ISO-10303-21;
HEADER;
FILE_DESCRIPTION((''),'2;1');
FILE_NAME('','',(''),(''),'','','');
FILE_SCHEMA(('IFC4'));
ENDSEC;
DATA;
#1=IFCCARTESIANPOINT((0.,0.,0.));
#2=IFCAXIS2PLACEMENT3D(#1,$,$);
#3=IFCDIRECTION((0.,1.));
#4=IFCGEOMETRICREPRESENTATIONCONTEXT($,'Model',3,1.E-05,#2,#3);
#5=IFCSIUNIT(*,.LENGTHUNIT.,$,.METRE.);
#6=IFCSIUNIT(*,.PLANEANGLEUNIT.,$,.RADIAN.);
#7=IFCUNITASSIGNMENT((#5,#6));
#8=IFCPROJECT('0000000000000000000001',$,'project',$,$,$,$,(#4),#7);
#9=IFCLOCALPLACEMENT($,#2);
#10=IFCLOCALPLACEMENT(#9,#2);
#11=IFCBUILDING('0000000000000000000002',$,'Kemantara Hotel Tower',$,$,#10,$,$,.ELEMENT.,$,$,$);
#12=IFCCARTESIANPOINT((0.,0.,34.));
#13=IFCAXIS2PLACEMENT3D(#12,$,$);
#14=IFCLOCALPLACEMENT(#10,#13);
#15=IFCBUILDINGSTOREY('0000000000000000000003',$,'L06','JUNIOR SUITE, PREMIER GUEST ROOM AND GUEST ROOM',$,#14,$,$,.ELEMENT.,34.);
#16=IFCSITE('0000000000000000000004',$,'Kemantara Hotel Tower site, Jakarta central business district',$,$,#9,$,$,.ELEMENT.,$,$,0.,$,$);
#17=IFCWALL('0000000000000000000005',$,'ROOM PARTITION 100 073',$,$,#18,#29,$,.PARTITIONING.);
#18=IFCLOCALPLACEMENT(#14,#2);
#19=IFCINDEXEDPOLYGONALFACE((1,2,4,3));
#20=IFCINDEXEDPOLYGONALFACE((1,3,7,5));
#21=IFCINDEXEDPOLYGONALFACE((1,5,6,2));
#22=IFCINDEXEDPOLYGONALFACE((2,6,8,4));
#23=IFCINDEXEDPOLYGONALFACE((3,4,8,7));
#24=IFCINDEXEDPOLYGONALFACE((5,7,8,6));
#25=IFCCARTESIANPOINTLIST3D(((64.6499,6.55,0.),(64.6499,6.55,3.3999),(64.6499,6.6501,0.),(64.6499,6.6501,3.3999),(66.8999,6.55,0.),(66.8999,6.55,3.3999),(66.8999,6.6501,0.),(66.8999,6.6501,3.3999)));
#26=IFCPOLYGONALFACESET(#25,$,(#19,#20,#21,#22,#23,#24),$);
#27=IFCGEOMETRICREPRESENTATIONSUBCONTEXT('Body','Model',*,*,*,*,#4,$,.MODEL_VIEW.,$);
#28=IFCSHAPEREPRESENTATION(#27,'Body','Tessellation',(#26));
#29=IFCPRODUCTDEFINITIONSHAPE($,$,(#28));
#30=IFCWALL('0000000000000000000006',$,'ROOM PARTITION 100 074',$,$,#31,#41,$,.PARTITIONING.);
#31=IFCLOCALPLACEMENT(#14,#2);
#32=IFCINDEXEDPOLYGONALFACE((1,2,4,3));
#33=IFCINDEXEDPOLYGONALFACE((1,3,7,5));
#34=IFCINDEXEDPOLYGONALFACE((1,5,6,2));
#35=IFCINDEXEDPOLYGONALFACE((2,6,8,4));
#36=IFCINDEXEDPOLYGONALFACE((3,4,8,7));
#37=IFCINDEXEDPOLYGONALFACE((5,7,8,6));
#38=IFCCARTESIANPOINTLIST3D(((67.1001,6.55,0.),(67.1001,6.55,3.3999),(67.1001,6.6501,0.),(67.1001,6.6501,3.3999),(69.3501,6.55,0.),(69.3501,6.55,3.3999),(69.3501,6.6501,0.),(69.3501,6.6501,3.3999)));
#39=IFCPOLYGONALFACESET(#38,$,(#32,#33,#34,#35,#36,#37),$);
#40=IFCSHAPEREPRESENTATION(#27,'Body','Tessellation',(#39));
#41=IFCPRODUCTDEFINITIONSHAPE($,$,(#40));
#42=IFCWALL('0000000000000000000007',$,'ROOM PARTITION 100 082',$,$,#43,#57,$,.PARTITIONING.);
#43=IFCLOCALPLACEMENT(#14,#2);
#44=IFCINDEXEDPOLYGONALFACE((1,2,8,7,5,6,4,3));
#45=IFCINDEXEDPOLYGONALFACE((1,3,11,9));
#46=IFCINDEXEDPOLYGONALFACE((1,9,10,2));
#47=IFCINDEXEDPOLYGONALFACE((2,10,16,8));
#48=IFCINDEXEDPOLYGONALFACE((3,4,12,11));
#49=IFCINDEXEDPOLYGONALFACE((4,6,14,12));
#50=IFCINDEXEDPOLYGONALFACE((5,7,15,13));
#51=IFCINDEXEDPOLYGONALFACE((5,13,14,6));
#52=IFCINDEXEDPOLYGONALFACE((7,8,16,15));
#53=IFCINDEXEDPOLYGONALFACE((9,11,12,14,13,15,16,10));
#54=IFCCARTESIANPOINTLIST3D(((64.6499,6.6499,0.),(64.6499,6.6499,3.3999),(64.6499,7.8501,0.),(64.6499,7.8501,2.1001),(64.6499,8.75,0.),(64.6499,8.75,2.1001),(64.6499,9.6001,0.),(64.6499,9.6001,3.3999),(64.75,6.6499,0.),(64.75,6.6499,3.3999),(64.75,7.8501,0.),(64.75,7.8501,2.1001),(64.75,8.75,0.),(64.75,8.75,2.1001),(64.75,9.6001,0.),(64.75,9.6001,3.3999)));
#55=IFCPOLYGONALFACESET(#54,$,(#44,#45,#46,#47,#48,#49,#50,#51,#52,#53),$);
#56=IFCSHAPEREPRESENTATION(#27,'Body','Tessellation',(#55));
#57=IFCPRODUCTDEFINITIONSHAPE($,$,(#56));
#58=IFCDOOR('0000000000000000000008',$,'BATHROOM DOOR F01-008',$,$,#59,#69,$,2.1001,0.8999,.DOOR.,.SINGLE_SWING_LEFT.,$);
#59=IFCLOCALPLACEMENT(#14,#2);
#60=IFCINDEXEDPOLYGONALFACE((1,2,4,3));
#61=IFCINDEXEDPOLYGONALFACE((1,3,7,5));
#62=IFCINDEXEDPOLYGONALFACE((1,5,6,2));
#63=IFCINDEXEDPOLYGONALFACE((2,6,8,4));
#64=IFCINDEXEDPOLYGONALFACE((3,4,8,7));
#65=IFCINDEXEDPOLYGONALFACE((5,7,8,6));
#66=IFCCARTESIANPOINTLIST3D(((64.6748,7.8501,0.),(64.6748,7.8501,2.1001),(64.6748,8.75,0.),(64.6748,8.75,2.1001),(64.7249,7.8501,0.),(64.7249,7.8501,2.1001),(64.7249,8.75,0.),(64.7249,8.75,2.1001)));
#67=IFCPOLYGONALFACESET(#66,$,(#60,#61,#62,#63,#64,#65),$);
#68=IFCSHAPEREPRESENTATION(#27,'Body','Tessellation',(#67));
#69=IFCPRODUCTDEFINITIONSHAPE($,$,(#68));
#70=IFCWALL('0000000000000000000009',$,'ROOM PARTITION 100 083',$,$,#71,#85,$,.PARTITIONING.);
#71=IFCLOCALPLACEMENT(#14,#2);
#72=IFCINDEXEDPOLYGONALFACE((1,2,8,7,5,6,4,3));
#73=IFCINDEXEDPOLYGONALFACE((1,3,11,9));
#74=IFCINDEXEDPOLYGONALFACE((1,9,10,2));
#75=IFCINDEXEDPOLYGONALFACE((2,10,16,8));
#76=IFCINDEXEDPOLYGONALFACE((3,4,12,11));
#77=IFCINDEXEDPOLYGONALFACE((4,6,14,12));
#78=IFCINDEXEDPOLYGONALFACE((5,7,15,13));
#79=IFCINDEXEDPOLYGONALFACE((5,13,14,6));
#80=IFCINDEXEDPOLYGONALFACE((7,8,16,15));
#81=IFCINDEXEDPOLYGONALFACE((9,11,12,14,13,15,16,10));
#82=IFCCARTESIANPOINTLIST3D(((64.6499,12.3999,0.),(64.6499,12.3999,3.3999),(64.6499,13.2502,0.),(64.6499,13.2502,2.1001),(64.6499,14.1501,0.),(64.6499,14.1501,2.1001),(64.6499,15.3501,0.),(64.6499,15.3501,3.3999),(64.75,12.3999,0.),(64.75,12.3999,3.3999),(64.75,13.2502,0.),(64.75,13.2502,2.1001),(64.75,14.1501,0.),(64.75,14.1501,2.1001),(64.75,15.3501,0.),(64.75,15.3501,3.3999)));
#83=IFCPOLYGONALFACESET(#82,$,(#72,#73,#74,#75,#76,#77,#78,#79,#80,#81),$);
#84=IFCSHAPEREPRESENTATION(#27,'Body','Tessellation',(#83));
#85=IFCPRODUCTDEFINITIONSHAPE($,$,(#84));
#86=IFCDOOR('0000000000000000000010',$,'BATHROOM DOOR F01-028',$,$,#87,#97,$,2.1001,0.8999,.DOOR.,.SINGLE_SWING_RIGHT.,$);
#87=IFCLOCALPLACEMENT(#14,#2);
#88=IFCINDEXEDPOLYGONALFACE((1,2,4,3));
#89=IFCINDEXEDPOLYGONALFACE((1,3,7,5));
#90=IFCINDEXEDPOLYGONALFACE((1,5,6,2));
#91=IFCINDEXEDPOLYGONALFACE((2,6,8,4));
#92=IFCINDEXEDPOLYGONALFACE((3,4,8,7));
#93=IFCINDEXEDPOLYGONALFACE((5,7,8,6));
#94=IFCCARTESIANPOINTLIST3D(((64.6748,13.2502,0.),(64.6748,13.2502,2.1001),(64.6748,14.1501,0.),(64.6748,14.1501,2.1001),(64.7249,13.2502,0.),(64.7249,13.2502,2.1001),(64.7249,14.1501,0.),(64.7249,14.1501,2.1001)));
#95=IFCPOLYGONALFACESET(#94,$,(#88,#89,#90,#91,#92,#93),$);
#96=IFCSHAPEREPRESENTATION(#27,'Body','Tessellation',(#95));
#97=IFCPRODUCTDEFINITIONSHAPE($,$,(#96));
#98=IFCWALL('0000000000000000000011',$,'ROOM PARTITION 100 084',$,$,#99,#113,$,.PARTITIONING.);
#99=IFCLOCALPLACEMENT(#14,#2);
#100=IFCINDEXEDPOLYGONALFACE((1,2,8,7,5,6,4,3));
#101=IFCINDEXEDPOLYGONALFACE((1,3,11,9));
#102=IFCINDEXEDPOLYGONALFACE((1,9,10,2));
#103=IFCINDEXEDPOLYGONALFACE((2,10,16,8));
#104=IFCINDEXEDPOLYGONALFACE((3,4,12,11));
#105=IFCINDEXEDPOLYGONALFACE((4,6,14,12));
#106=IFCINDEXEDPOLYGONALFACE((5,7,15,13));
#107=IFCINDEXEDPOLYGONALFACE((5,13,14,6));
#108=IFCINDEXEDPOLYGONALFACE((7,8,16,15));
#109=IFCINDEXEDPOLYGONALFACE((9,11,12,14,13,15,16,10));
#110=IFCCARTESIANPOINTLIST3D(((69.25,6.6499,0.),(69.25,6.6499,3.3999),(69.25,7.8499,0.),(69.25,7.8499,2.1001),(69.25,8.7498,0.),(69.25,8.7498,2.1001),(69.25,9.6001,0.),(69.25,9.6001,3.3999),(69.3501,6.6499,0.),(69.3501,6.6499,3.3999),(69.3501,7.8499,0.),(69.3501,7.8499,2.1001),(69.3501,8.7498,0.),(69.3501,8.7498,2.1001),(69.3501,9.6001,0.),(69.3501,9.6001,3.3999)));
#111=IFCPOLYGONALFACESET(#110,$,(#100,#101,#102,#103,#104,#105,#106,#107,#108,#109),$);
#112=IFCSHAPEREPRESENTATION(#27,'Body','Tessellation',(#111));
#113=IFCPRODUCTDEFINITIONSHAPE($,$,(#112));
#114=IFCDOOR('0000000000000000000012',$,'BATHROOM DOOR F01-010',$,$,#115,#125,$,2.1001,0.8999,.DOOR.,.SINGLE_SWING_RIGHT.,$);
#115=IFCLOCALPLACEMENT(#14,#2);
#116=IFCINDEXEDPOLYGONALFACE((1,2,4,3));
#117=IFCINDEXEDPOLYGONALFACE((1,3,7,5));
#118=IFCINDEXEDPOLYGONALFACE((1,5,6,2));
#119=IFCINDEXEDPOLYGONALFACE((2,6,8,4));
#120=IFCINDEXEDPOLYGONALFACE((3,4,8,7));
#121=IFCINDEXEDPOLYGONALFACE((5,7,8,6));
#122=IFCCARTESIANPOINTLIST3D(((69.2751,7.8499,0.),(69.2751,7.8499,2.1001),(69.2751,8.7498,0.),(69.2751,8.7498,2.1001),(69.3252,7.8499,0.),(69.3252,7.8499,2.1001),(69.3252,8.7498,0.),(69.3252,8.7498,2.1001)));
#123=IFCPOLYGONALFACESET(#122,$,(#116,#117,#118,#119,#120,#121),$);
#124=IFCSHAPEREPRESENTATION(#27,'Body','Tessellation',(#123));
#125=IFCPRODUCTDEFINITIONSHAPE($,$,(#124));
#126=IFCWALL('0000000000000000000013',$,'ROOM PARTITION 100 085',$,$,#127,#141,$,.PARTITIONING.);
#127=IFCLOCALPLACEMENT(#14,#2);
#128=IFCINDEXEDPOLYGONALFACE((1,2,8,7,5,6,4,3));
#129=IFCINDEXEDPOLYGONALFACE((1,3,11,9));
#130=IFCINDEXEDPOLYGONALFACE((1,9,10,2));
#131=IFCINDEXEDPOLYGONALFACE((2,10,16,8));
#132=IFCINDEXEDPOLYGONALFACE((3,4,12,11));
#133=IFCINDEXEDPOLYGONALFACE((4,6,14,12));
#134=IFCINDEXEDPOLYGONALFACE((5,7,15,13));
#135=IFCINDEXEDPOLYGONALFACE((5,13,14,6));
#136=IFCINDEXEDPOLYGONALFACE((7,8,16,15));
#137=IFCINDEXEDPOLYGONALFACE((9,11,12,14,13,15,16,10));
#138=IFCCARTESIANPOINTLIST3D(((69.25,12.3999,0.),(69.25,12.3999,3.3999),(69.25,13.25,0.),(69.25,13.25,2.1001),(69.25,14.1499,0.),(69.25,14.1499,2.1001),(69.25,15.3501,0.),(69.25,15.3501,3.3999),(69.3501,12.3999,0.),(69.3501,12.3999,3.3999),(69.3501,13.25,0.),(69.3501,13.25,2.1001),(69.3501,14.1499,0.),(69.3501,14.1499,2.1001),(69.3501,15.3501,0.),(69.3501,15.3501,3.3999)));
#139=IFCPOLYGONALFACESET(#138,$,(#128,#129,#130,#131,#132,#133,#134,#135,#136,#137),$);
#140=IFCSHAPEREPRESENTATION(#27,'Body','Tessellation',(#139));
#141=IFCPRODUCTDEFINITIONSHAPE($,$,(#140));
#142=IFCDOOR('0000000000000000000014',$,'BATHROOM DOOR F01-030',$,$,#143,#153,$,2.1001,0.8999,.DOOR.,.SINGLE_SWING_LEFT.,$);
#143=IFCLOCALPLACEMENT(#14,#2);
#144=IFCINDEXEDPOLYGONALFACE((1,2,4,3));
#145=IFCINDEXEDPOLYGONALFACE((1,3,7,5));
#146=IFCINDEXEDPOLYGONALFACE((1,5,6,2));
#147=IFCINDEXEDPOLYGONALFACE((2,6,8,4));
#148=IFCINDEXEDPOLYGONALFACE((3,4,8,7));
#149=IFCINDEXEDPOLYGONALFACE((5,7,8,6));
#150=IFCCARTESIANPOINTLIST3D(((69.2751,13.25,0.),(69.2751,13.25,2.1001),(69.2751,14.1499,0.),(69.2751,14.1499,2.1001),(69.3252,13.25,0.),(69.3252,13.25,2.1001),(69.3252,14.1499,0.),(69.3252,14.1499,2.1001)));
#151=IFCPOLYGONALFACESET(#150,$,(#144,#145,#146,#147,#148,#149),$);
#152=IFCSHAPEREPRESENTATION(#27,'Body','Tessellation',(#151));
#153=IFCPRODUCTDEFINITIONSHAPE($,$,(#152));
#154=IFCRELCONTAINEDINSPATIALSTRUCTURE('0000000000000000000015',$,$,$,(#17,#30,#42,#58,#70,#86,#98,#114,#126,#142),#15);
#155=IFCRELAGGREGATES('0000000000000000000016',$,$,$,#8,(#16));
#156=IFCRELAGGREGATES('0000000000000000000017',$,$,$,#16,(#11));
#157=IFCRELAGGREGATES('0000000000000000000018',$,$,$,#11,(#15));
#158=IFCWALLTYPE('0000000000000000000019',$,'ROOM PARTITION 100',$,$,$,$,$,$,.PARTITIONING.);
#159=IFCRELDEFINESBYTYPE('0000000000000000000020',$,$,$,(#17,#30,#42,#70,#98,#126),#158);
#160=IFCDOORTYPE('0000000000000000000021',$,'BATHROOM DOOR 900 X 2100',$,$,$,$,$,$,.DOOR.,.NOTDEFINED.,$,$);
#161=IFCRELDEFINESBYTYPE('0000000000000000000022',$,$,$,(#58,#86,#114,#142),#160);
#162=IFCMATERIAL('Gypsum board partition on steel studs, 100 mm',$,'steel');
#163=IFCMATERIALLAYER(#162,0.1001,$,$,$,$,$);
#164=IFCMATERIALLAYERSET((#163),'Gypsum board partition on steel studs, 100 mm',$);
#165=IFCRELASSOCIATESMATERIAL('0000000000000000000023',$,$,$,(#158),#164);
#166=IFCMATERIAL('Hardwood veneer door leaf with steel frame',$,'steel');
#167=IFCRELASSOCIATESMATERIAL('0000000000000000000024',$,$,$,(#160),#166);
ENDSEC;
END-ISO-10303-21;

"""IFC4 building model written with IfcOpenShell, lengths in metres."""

from ifc_helpers import new_model, si_unit, direction, frame, frame_2d, origin, place, context, subcontext, project, spatial, rectangle, extrude, material, layer, layer_set, type_object, element, fill, save


model = new_model("IFC4")

# Units and contexts
model_context = context("Model", 3, precision=1e-05, world=origin(), true_north=direction((0.0, 1.0)))
body_context = subcontext(model_context, "Body", "Model", "MODEL_VIEW")
ifc_project = project(units=[si_unit("LENGTHUNIT", "METRE"), si_unit("PLANEANGLEUNIT", "RADIAN")], contexts=[model_context])

# Site, building, storey
site_placement = place(None, origin())
site = spatial("IfcSite", under=ifc_project, at=site_placement, Name="Kemantara Hotel Tower site, Jakarta central business district", CompositionType="ELEMENT", RefElevation=0.0)
building_placement = place(site_placement, origin())
building = spatial("IfcBuilding", under=site, at=building_placement, Name="Kemantara Hotel Tower", CompositionType="ELEMENT")
storey_placement = place(building_placement, frame((0.0, 0.0, 34.0)))
storey = spatial("IfcBuildingStorey", under=building, at=storey_placement, Name="L06", Description="JUNIOR SUITE, PREMIER GUEST ROOM AND GUEST ROOM", CompositionType="ELEMENT", Elevation=34.0)

# Shared definitions
ifc_material_1 = material(Name="Hardwood veneer door leaf with steel frame", Category="steel")

# Walls
ifc_material_2 = material(Name="Gypsum board partition on steel studs, 100 mm", Category="steel")
ifc_layer_1 = layer(ifc_material_2, 0.1001)
ifc_layer_set_1 = layer_set([ifc_layer_1], Name="Gypsum board partition on steel studs, 100 mm")
wall_type_1 = type_object("IfcWallType", Name="ROOM PARTITION 100", PredefinedType="PARTITIONING", material=ifc_layer_set_1)
for number, where, z_axis, x_axis, name in (
    (1, (64.6499, 6.6001, 0.0), (0.0, 0.0, 1.0), (1.0, 0.0, 0.0), "ROOM PARTITION 100 073"),
    (2, (67.1001, 6.6001, 0.0), (0.0, 0.0, 1.0), (1.0, 0.0, 0.0), "ROOM PARTITION 100 074"),
):
    element("IfcWall", number, at=place(storey_placement, frame(where, z_axis=z_axis, x_axis=x_axis)), inside=storey, type_object=wall_type_1, Name=name, PredefinedType="PARTITIONING", context=body_context, shape_type="SweptSolid", body=[
        extrude(rectangle(XDim=2.25, YDim=0.1001, at=frame_2d((1.125, 0.0))), origin(), (0.0, 0.0, 1.0), 3.3999),
    ])

# Walls, openings, doors
wall_1_placement = place(storey_placement, frame((64.7, 9.6001, 0.0), z_axis=(0.0, 0.0, 1.0), x_axis=(0.0, -1.0, 0.0)))
wall_1 = element("IfcWall", 3, at=wall_1_placement, inside=storey, type_object=wall_type_1, Name="ROOM PARTITION 100 082", PredefinedType="PARTITIONING", context=body_context, shape_type="SweptSolid", body=[
    extrude(rectangle(XDim=2.9502, YDim=0.1001, at=frame_2d((1.4751, 0.0))), origin(), (0.0, 0.0, 1.0), 3.3999),
])
opening_1_placement = place(wall_1_placement, frame((0.8501, 0.0, 0.0)))
opening_1 = element("IfcOpeningElement", 4, at=opening_1_placement, cuts=wall_1, PredefinedType="OPENING", context=body_context, shape_type="SweptSolid", body=[
    extrude(rectangle(XDim=0.8999, YDim=2.1001, at=frame_2d((0.45, 1.05))), frame((0.0, 0.0601, 0.0), z_axis=(0.0, -1.0, 0.0), x_axis=(1.0, 0.0, 0.0)), (0.0, 0.0, 1.0), 0.1201),
])
door_type_1 = type_object("IfcDoorType", Name="BATHROOM DOOR 900 X 2100", OperationType="NOTDEFINED", PredefinedType="DOOR", material=ifc_material_1)
door_1_placement = place(opening_1_placement, origin())
door_1 = element("IfcDoor", 5, at=door_1_placement, inside=storey, type_object=door_type_1, Name="BATHROOM DOOR F01-008", OperationType="SINGLE_SWING_LEFT", OverallHeight=2.1001, OverallWidth=0.8999, PredefinedType="DOOR", context=body_context, shape_type="SweptSolid", body=[
    extrude(rectangle(XDim=0.8999, YDim=2.1001, at=frame_2d((0.45, 1.05))), frame((0.0, 0.0249, 0.0), z_axis=(0.0, -1.0, 0.0), x_axis=(1.0, 0.0, 0.0)), (0.0, 0.0, 1.0), 0.05),
])
fill(opening_1, door_1)
wall_2_placement = place(storey_placement, frame((64.7, 15.3501, 0.0), z_axis=(0.0, 0.0, 1.0), x_axis=(0.0, -1.0, 0.0)))
wall_2 = element("IfcWall", 6, at=wall_2_placement, inside=storey, type_object=wall_type_1, Name="ROOM PARTITION 100 083", PredefinedType="PARTITIONING", context=body_context, shape_type="SweptSolid", body=[
    extrude(rectangle(XDim=2.9502, YDim=0.1001, at=frame_2d((1.4751, 0.0))), origin(), (0.0, 0.0, 1.0), 3.3999),
])
opening_2_placement = place(wall_2_placement, frame((1.2, 0.0, 0.0)))
opening_2 = element("IfcOpeningElement", 7, at=opening_2_placement, cuts=wall_2, PredefinedType="OPENING", context=body_context, shape_type="SweptSolid", body=[
    extrude(rectangle(XDim=0.8999, YDim=2.1001, at=frame_2d((0.45, 1.05))), frame((0.0, 0.0601, 0.0), z_axis=(0.0, -1.0, 0.0), x_axis=(1.0, 0.0, 0.0)), (0.0, 0.0, 1.0), 0.1201),
])
door_2_placement = place(opening_2_placement, origin())
door_2 = element("IfcDoor", 8, at=door_2_placement, inside=storey, type_object=door_type_1, Name="BATHROOM DOOR F01-028", OperationType="SINGLE_SWING_RIGHT", OverallHeight=2.1001, OverallWidth=0.8999, PredefinedType="DOOR", context=body_context, shape_type="SweptSolid", body=[
    extrude(rectangle(XDim=0.8999, YDim=2.1001, at=frame_2d((0.45, 1.05))), frame((0.0, 0.0249, 0.0), z_axis=(0.0, -1.0, 0.0), x_axis=(1.0, 0.0, 0.0)), (0.0, 0.0, 1.0), 0.05),
])
fill(opening_2, door_2)
wall_3_placement = place(storey_placement, frame((69.3, 6.6499, 0.0), z_axis=(0.0, 0.0, 1.0), x_axis=(0.0, 1.0, 0.0)))
wall_3 = element("IfcWall", 9, at=wall_3_placement, inside=storey, type_object=wall_type_1, Name="ROOM PARTITION 100 084", PredefinedType="PARTITIONING", context=body_context, shape_type="SweptSolid", body=[
    extrude(rectangle(XDim=2.9502, YDim=0.1001, at=frame_2d((1.4751, 0.0))), origin(), (0.0, 0.0, 1.0), 3.3999),
])
opening_3_placement = place(wall_3_placement, frame((1.2, 0.0, 0.0)))
opening_3 = element("IfcOpeningElement", 10, at=opening_3_placement, cuts=wall_3, PredefinedType="OPENING", context=body_context, shape_type="SweptSolid", body=[
    extrude(rectangle(XDim=0.8999, YDim=2.1001, at=frame_2d((0.45, 1.05))), frame((0.0, 0.0601, 0.0), z_axis=(0.0, -1.0, 0.0), x_axis=(1.0, 0.0, 0.0)), (0.0, 0.0, 1.0), 0.1201),
])
door_3_placement = place(opening_3_placement, origin())
door_3 = element("IfcDoor", 11, at=door_3_placement, inside=storey, type_object=door_type_1, Name="BATHROOM DOOR F01-010", OperationType="SINGLE_SWING_RIGHT", OverallHeight=2.1001, OverallWidth=0.8999, PredefinedType="DOOR", context=body_context, shape_type="SweptSolid", body=[
    extrude(rectangle(XDim=0.8999, YDim=2.1001, at=frame_2d((0.45, 1.05))), frame((0.0, 0.0249, 0.0), z_axis=(0.0, -1.0, 0.0), x_axis=(1.0, 0.0, 0.0)), (0.0, 0.0, 1.0), 0.05),
])
fill(opening_3, door_3)
wall_4_placement = place(storey_placement, frame((69.3, 12.3999, 0.0), z_axis=(0.0, 0.0, 1.0), x_axis=(0.0, 1.0, 0.0)))
wall_4 = element("IfcWall", 12, at=wall_4_placement, inside=storey, type_object=wall_type_1, Name="ROOM PARTITION 100 085", PredefinedType="PARTITIONING", context=body_context, shape_type="SweptSolid", body=[
    extrude(rectangle(XDim=2.9502, YDim=0.1001, at=frame_2d((1.4751, 0.0))), origin(), (0.0, 0.0, 1.0), 3.3999),
])
opening_4_placement = place(wall_4_placement, frame((0.8501, 0.0, 0.0)))
opening_4 = element("IfcOpeningElement", 13, at=opening_4_placement, cuts=wall_4, PredefinedType="OPENING", context=body_context, shape_type="SweptSolid", body=[
    extrude(rectangle(XDim=0.8999, YDim=2.1001, at=frame_2d((0.45, 1.05))), frame((0.0, 0.0601, 0.0), z_axis=(0.0, -1.0, 0.0), x_axis=(1.0, 0.0, 0.0)), (0.0, 0.0, 1.0), 0.1201),
])
door_4_placement = place(opening_4_placement, origin())
door_4 = element("IfcDoor", 14, at=door_4_placement, inside=storey, type_object=door_type_1, Name="BATHROOM DOOR F01-030", OperationType="SINGLE_SWING_LEFT", OverallHeight=2.1001, OverallWidth=0.8999, PredefinedType="DOOR", context=body_context, shape_type="SweptSolid", body=[
    extrude(rectangle(XDim=0.8999, YDim=2.1001, at=frame_2d((0.45, 1.05))), frame((0.0, 0.0249, 0.0), z_axis=(0.0, -1.0, 0.0), x_axis=(1.0, 0.0, 0.0)), (0.0, 0.0, 1.0), 0.05),
])
fill(opening_4, door_4)

save(model, "model.ifc")
